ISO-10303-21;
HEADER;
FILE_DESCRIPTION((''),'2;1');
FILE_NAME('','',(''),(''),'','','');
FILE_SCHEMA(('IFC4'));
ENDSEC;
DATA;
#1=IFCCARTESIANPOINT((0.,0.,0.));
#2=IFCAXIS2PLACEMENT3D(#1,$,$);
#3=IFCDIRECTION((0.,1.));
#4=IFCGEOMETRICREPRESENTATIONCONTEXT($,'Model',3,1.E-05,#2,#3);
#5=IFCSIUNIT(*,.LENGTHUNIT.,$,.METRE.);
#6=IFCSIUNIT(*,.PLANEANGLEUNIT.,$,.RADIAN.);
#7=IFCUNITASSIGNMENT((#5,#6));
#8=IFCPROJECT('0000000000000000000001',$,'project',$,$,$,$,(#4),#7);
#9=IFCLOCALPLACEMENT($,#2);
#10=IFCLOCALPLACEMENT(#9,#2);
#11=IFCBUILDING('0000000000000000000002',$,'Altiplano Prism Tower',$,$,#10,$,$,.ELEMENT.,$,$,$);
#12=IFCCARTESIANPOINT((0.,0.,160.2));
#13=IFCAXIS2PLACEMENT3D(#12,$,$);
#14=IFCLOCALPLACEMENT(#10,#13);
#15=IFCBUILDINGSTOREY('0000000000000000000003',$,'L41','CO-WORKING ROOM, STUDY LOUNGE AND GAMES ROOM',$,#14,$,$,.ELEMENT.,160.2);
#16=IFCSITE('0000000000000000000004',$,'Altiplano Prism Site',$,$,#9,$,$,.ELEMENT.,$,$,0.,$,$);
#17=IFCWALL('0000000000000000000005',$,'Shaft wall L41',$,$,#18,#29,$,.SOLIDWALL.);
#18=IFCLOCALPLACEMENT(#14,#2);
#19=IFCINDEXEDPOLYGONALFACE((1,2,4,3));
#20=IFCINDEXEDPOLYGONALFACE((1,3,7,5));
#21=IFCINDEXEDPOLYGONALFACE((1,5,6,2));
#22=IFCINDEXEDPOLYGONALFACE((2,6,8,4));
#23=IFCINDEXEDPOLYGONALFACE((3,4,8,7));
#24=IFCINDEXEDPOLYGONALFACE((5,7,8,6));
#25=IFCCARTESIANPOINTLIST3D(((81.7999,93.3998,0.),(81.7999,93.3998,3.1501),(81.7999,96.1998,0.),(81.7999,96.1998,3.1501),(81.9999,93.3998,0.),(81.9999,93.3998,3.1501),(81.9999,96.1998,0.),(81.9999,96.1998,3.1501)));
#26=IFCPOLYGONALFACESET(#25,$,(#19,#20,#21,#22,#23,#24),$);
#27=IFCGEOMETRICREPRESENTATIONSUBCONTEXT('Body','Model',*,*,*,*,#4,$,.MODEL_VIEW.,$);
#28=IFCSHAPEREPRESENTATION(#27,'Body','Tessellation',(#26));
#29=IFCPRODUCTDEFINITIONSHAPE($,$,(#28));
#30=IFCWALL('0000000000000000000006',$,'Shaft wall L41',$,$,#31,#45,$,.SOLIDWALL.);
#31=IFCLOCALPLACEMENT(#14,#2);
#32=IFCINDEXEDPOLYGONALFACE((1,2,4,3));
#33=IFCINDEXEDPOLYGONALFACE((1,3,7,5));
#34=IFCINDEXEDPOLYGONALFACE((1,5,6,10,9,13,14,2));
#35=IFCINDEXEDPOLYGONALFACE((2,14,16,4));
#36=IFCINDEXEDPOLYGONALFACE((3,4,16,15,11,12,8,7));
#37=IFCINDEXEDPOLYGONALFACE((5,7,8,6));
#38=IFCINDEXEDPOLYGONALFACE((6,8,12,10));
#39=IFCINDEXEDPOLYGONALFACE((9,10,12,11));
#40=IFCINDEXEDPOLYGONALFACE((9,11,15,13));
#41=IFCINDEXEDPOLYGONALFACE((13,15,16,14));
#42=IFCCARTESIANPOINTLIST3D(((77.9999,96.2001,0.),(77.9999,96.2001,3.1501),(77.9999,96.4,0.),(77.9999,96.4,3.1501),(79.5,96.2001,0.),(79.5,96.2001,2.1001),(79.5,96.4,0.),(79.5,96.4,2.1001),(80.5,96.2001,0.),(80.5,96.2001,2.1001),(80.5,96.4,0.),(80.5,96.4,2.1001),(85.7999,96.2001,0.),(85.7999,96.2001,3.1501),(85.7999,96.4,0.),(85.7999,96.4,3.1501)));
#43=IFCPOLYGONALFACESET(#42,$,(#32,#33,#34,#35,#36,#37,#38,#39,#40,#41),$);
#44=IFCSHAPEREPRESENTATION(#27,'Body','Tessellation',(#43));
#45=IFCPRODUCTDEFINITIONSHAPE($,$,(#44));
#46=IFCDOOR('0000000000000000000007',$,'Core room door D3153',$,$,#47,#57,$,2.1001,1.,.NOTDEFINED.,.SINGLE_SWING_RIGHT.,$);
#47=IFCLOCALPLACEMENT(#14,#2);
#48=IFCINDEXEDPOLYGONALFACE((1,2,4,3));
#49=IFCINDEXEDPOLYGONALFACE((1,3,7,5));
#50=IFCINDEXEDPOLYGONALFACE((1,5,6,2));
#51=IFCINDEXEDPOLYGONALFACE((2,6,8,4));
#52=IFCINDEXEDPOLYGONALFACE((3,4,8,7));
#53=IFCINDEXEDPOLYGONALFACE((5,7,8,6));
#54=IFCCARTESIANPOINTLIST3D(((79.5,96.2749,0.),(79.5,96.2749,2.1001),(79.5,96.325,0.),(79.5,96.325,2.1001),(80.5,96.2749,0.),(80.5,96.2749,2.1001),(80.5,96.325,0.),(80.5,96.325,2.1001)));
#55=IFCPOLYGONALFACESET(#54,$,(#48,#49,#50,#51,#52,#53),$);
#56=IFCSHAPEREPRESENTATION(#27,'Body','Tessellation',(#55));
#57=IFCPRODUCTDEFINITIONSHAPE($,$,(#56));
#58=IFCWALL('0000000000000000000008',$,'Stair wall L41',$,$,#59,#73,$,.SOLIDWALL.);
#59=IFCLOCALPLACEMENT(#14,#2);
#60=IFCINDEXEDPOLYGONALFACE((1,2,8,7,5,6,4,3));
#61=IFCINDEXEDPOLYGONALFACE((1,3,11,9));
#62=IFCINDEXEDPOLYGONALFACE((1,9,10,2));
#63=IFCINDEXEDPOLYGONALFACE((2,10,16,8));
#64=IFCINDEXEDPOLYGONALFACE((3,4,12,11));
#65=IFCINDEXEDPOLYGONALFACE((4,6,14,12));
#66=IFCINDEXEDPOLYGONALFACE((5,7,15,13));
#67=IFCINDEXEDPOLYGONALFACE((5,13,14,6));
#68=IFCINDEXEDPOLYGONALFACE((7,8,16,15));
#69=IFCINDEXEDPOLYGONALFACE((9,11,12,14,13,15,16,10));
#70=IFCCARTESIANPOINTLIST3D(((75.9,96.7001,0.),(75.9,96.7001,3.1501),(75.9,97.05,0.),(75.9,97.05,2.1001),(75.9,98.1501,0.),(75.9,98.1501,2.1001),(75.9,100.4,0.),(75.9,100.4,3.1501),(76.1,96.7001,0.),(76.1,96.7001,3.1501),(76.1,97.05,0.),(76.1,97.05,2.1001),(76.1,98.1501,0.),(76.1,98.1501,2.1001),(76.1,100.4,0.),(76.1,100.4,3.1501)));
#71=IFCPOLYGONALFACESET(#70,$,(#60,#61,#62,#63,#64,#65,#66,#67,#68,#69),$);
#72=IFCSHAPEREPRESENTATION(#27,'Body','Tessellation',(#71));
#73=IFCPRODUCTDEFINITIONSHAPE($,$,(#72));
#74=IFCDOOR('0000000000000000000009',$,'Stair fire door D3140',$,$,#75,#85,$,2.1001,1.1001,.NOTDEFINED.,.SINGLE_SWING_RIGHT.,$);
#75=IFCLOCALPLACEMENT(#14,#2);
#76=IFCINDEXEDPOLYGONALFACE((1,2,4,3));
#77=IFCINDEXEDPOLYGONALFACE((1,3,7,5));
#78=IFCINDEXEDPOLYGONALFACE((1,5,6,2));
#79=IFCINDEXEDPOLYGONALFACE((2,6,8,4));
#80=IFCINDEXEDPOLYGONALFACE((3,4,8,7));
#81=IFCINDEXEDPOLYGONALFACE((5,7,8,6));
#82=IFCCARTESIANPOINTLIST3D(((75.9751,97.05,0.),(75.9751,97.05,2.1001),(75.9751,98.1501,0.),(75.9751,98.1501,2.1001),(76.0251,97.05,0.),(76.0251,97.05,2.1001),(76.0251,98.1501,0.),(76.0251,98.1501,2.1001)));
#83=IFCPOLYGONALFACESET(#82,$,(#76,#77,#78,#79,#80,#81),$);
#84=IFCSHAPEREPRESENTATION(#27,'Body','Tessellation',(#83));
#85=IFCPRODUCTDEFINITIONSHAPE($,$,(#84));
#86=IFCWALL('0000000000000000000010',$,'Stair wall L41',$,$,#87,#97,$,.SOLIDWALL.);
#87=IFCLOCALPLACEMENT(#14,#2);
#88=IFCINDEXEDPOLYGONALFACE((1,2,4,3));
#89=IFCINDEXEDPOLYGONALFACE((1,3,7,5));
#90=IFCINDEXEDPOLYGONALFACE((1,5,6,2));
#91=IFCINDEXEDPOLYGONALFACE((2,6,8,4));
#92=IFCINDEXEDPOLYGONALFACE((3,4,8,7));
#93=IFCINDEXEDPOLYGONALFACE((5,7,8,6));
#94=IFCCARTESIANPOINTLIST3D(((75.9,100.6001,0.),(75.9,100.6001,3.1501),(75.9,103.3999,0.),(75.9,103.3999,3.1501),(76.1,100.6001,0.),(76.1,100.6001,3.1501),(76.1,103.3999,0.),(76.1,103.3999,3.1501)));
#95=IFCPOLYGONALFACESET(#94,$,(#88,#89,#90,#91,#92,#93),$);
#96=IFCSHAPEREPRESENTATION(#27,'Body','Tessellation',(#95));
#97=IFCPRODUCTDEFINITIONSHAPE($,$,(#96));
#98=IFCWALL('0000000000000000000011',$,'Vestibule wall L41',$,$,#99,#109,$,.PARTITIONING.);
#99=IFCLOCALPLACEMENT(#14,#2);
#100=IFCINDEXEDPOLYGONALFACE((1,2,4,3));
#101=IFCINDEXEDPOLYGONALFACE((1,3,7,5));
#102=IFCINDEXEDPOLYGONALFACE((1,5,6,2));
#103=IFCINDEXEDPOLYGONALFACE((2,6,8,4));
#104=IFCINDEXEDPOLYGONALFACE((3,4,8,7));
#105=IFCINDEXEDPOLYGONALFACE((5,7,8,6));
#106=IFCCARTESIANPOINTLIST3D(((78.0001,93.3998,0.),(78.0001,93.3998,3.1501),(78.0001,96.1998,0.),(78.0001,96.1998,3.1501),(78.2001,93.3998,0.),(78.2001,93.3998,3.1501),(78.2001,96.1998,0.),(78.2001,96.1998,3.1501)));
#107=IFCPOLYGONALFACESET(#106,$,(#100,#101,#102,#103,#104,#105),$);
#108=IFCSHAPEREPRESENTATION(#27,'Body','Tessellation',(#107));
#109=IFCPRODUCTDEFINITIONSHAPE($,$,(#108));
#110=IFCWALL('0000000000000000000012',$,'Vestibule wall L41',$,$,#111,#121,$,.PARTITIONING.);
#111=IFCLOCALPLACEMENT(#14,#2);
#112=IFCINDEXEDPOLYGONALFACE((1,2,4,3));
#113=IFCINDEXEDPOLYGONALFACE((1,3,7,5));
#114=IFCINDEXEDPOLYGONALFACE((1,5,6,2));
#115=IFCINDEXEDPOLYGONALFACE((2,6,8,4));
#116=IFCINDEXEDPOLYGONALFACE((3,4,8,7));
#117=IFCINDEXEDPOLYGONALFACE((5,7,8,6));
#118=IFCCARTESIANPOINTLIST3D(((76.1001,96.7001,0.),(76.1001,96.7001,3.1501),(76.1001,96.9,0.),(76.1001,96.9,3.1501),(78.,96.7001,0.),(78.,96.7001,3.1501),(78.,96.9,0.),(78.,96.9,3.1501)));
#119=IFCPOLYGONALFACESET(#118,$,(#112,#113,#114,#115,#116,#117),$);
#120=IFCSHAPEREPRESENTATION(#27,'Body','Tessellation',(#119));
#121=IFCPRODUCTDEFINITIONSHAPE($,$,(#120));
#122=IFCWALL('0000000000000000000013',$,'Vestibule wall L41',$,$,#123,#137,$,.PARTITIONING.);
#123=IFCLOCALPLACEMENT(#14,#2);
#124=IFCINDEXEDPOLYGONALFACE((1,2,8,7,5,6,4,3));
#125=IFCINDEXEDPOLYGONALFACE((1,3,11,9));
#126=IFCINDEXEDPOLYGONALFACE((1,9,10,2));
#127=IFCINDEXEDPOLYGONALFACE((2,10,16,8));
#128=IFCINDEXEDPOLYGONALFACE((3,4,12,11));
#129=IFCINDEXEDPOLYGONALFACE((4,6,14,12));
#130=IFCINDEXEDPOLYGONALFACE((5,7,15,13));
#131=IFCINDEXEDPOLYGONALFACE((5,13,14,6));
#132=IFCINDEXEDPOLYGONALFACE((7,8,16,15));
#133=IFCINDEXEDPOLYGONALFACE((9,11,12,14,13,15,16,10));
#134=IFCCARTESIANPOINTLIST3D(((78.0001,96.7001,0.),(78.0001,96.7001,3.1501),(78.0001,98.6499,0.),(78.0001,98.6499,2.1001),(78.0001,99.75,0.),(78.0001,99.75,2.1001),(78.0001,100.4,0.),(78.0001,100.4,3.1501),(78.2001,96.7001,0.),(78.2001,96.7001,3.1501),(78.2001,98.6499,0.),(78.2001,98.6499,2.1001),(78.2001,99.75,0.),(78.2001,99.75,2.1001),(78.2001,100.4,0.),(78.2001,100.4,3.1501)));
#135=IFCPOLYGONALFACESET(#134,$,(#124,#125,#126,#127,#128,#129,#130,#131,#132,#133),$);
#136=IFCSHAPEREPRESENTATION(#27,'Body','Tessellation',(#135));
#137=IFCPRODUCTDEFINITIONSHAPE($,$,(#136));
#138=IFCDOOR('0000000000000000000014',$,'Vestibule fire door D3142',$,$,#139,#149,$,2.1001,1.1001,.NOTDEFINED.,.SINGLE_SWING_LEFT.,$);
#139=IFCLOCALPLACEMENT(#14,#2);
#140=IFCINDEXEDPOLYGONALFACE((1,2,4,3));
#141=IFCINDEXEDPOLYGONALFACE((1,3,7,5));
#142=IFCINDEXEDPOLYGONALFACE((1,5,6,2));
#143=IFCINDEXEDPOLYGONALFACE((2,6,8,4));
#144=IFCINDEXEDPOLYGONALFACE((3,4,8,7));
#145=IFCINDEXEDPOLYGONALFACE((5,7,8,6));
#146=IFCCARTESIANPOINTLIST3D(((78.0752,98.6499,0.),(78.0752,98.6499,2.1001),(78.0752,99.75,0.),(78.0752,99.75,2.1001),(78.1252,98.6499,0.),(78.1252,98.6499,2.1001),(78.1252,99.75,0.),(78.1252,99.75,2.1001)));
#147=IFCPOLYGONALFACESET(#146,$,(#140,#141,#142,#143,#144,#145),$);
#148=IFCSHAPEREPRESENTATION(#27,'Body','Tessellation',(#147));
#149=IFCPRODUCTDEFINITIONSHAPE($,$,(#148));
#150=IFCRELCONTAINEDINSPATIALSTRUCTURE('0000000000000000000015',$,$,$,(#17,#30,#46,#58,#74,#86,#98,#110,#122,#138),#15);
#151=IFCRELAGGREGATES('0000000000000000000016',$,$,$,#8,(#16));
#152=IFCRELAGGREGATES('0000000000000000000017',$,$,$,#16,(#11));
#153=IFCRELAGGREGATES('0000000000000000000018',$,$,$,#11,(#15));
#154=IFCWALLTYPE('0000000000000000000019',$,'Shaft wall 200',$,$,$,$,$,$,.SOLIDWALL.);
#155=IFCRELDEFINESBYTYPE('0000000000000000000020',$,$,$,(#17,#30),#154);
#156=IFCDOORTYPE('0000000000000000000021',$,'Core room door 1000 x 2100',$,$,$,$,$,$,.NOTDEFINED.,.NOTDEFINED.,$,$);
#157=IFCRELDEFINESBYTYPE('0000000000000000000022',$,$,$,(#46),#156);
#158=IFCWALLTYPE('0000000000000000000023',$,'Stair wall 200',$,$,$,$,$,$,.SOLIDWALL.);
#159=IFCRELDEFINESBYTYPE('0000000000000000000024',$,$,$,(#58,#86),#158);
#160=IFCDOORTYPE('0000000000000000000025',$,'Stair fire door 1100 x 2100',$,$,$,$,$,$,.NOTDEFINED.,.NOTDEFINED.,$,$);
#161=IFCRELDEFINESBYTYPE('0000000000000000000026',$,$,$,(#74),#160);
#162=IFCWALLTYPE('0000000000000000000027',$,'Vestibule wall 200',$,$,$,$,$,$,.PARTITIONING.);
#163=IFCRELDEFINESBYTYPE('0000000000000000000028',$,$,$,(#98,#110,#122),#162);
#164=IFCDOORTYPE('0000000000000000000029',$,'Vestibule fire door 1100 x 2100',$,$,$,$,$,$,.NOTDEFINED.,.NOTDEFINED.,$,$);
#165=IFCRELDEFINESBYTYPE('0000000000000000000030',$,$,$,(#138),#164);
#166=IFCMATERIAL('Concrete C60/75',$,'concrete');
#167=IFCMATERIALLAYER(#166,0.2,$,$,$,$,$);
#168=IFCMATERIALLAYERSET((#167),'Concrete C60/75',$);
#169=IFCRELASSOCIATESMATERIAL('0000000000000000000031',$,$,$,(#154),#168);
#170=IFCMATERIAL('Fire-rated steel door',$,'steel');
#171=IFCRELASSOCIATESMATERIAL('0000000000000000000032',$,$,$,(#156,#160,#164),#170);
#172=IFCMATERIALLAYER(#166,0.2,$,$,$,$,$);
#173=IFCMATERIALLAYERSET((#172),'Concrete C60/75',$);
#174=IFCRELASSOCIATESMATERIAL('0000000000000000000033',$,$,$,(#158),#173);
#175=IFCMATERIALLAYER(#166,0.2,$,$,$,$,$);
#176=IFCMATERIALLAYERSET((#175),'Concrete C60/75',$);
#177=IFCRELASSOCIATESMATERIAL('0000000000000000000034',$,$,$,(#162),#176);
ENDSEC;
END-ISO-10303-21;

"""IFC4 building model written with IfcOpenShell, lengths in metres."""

from ifc_helpers import new_model, si_unit, direction, frame, frame_2d, origin, place, context, subcontext, project, spatial, rectangle, extrude, material, layer, layer_set, type_object, element, fill, save


model = new_model("IFC4")

# Units and contexts
model_context = context("Model", 3, precision=1e-05, world=origin(), true_north=direction((0.0, 1.0)))
body_context = subcontext(model_context, "Body", "Model", "MODEL_VIEW")
ifc_project = project(units=[si_unit("LENGTHUNIT", "METRE"), si_unit("PLANEANGLEUNIT", "RADIAN")], contexts=[model_context])

# Site, building, storey
site_placement = place(None, origin())
site = spatial("IfcSite", under=ifc_project, at=site_placement, Name="Altiplano Prism Site", CompositionType="ELEMENT", RefElevation=0.0)
building_placement = place(site_placement, origin())
building = spatial("IfcBuilding", under=site, at=building_placement, Name="Altiplano Prism Tower", CompositionType="ELEMENT")
storey_placement = place(building_placement, frame((0.0, 0.0, 160.2)))
storey = spatial("IfcBuildingStorey", under=building, at=storey_placement, Name="L41", Description="CO-WORKING ROOM, STUDY LOUNGE AND GAMES ROOM", CompositionType="ELEMENT", Elevation=160.2)

# Wall
ifc_material_1 = material(Name="Concrete C60/75", Category="concrete")
ifc_layer_1 = layer(ifc_material_1, 0.2)
ifc_layer_set_1 = layer_set([ifc_layer_1], Name="Concrete C60/75")
wall_type_1 = type_object("IfcWallType", Name="Shaft wall 200", PredefinedType="SOLIDWALL", material=ifc_layer_set_1)
wall_1_placement = place(storey_placement, frame((81.8999, 93.3999, 0.0), z_axis=(0.0, 0.0, 1.0), x_axis=(0.0, 1.0, 0.0)))
element("IfcWall", 1, at=wall_1_placement, inside=storey, type_object=wall_type_1, Name="Shaft wall L41", PredefinedType="SOLIDWALL", context=body_context, shape_type="SweptSolid", body=[
    extrude(rectangle(XDim=2.8, YDim=0.2, at=frame_2d((1.3999, 0.0))), origin(), (0.0, 0.0, 1.0), 3.1501),
])

# Walls, openings, doors
wall_2_placement = place(storey_placement, frame((78.0, 96.3, 0.0), z_axis=(0.0, 0.0, 1.0), x_axis=(1.0, 0.0, 0.0)))
wall_2 = element("IfcWall", 2, at=wall_2_placement, inside=storey, type_object=wall_type_1, Name="Shaft wall L41", PredefinedType="SOLIDWALL", context=body_context, shape_type="SweptSolid", body=[
    extrude(rectangle(XDim=7.8, YDim=0.2, at=frame_2d((3.8999, 0.0))), origin(), (0.0, 0.0, 1.0), 3.1501),
])
opening_1_placement = place(wall_2_placement, frame((1.5, 0.0, 0.0)))
opening_1 = element("IfcOpeningElement", 3, at=opening_1_placement, cuts=wall_2, PredefinedType="OPENING", context=body_context, shape_type="SweptSolid", body=[
    extrude(rectangle(XDim=1.0, YDim=2.1001, at=frame_2d((0.5, 1.05))), frame((0.0, 0.1104, 0.0), z_axis=(0.0, -1.0, 0.0), x_axis=(1.0, 0.0, 0.0)), (0.0, 0.0, 1.0), 0.2209),
])
ifc_material_2 = material(Name="Fire-rated steel door", Category="steel")
door_type_1 = type_object("IfcDoorType", Name="Core room door 1000 x 2100", OperationType="NOTDEFINED", PredefinedType="NOTDEFINED", material=ifc_material_2)
door_1_placement = place(opening_1_placement, origin())
door_1 = element("IfcDoor", 4, at=door_1_placement, inside=storey, type_object=door_type_1, Name="Core room door D3153", OperationType="SINGLE_SWING_RIGHT", OverallHeight=2.1001, OverallWidth=1.0, PredefinedType="NOTDEFINED", context=body_context, shape_type="SweptSolid", body=[
    extrude(rectangle(XDim=1.0, YDim=2.1001, at=frame_2d((0.5, 1.05))), frame((0.0, 0.0249, 0.0), z_axis=(0.0, -1.0, 0.0), x_axis=(1.0, 0.0, 0.0)), (0.0, 0.0, 1.0), 0.05),
])
fill(opening_1, door_1)
ifc_layer_2 = layer(ifc_material_1, 0.2)
ifc_layer_set_2 = layer_set([ifc_layer_2], Name="Concrete C60/75")
wall_type_2 = type_object("IfcWallType", Name="Stair wall 200", PredefinedType="SOLIDWALL", material=ifc_layer_set_2)
wall_3_placement = place(storey_placement, frame((76.0, 96.7, 0.0), z_axis=(0.0, 0.0, 1.0), x_axis=(0.0, 1.0, 0.0)))
wall_3 = element("IfcWall", 5, at=wall_3_placement, inside=storey, type_object=wall_type_2, Name="Stair wall L41", PredefinedType="SOLIDWALL", context=body_context, shape_type="SweptSolid", body=[
    extrude(rectangle(XDim=3.7, YDim=0.2, at=frame_2d((1.8501, 0.0))), origin(), (0.0, 0.0, 1.0), 3.1501),
])
opening_2_placement = place(wall_3_placement, frame((0.3501, 0.0, 0.0)))
opening_2 = element("IfcOpeningElement", 6, at=opening_2_placement, cuts=wall_3, PredefinedType="OPENING", context=body_context, shape_type="SweptSolid", body=[
    extrude(rectangle(XDim=1.1001, YDim=2.1001, at=frame_2d((0.55, 1.05))), frame((0.0, 0.1104, 0.0), z_axis=(0.0, -1.0, 0.0), x_axis=(1.0, 0.0, 0.0)), (0.0, 0.0, 1.0), 0.2209),
])
door_type_2 = type_object("IfcDoorType", Name="Stair fire door 1100 x 2100", OperationType="NOTDEFINED", PredefinedType="NOTDEFINED", material=ifc_material_2)
door_2_placement = place(opening_2_placement, origin())
door_2 = element("IfcDoor", 7, at=door_2_placement, inside=storey, type_object=door_type_2, Name="Stair fire door D3140", OperationType="SINGLE_SWING_RIGHT", OverallHeight=2.1001, OverallWidth=1.1001, PredefinedType="NOTDEFINED", context=body_context, shape_type="SweptSolid", body=[
    extrude(rectangle(XDim=1.1001, YDim=2.1001, at=frame_2d((0.55, 1.05))), frame((0.0, 0.0249, 0.0), z_axis=(0.0, -1.0, 0.0), x_axis=(1.0, 0.0, 0.0)), (0.0, 0.0, 1.0), 0.05),
])
fill(opening_2, door_2)

# Walls
wall_4_placement = place(storey_placement, frame((76.0, 100.6001, 0.0), z_axis=(0.0, 0.0, 1.0), x_axis=(0.0, 1.0, 0.0)))
element("IfcWall", 8, at=wall_4_placement, inside=storey, type_object=wall_type_2, Name="Stair wall L41", PredefinedType="SOLIDWALL", context=body_context, shape_type="SweptSolid", body=[
    extrude(rectangle(XDim=2.7998, YDim=0.2, at=frame_2d((1.3999, 0.0))), origin(), (0.0, 0.0, 1.0), 3.1501),
])
ifc_layer_3 = layer(ifc_material_1, 0.2)
ifc_layer_set_3 = layer_set([ifc_layer_3], Name="Concrete C60/75")
wall_type_3 = type_object("IfcWallType", Name="Vestibule wall 200", PredefinedType="PARTITIONING", material=ifc_layer_set_3)
wall_5_placement = place(storey_placement, frame((78.1001, 93.3999, 0.0), z_axis=(0.0, 0.0, 1.0), x_axis=(0.0, 1.0, 0.0)))
element("IfcWall", 9, at=wall_5_placement, inside=storey, type_object=wall_type_3, Name="Vestibule wall L41", PredefinedType="PARTITIONING", context=body_context, shape_type="SweptSolid", body=[
    extrude(rectangle(XDim=2.8, YDim=0.2, at=frame_2d((1.3999, 0.0))), origin(), (0.0, 0.0, 1.0), 3.1501),
])
wall_6_placement = place(storey_placement, frame((76.1001, 96.8, 0.0), z_axis=(0.0, 0.0, 1.0), x_axis=(1.0, 0.0, 0.0)))
element("IfcWall", 10, at=wall_6_placement, inside=storey, type_object=wall_type_3, Name="Vestibule wall L41", PredefinedType="PARTITIONING", context=body_context, shape_type="SweptSolid", body=[
    extrude(rectangle(XDim=1.8999, YDim=0.2, at=frame_2d((0.95, 0.0))), origin(), (0.0, 0.0, 1.0), 3.1501),
])

# Wall, opening, door
wall_7_placement = place(storey_placement, frame((78.1001, 96.7, 0.0), z_axis=(0.0, 0.0, 1.0), x_axis=(0.0, 1.0, 0.0)))
wall_7 = element("IfcWall", 11, at=wall_7_placement, inside=storey, type_object=wall_type_3, Name="Vestibule wall L41", PredefinedType="PARTITIONING", context=body_context, shape_type="SweptSolid", body=[
    extrude(rectangle(XDim=3.7, YDim=0.2, at=frame_2d((1.8501, 0.0))), origin(), (0.0, 0.0, 1.0), 3.1501),
])
opening_3_placement = place(wall_7_placement, frame((1.95, 0.0, 0.0)))
opening_3 = element("IfcOpeningElement", 12, at=opening_3_placement, cuts=wall_7, PredefinedType="OPENING", context=body_context, shape_type="SweptSolid", body=[
    extrude(rectangle(XDim=1.1001, YDim=2.1001, at=frame_2d((0.55, 1.05))), frame((0.0, 0.1104, 0.0), z_axis=(0.0, -1.0, 0.0), x_axis=(1.0, 0.0, 0.0)), (0.0, 0.0, 1.0), 0.2209),
])
door_type_3 = type_object("IfcDoorType", Name="Vestibule fire door 1100 x 2100", OperationType="NOTDEFINED", PredefinedType="NOTDEFINED", material=ifc_material_2)
door_3_placement = place(opening_3_placement, origin())
door_3 = element("IfcDoor", 13, at=door_3_placement, inside=storey, type_object=door_type_3, Name="Vestibule fire door D3142", OperationType="SINGLE_SWING_LEFT", OverallHeight=2.1001, OverallWidth=1.1001, PredefinedType="NOTDEFINED", context=body_context, shape_type="SweptSolid", body=[
    extrude(rectangle(XDim=1.1001, YDim=2.1001, at=frame_2d((0.55, 1.05))), frame((0.0, 0.0249, 0.0), z_axis=(0.0, -1.0, 0.0), x_axis=(1.0, 0.0, 0.0)), (0.0, 0.0, 1.0), 0.05),
])
fill(opening_3, door_3)

save(model, "model.ifc")
